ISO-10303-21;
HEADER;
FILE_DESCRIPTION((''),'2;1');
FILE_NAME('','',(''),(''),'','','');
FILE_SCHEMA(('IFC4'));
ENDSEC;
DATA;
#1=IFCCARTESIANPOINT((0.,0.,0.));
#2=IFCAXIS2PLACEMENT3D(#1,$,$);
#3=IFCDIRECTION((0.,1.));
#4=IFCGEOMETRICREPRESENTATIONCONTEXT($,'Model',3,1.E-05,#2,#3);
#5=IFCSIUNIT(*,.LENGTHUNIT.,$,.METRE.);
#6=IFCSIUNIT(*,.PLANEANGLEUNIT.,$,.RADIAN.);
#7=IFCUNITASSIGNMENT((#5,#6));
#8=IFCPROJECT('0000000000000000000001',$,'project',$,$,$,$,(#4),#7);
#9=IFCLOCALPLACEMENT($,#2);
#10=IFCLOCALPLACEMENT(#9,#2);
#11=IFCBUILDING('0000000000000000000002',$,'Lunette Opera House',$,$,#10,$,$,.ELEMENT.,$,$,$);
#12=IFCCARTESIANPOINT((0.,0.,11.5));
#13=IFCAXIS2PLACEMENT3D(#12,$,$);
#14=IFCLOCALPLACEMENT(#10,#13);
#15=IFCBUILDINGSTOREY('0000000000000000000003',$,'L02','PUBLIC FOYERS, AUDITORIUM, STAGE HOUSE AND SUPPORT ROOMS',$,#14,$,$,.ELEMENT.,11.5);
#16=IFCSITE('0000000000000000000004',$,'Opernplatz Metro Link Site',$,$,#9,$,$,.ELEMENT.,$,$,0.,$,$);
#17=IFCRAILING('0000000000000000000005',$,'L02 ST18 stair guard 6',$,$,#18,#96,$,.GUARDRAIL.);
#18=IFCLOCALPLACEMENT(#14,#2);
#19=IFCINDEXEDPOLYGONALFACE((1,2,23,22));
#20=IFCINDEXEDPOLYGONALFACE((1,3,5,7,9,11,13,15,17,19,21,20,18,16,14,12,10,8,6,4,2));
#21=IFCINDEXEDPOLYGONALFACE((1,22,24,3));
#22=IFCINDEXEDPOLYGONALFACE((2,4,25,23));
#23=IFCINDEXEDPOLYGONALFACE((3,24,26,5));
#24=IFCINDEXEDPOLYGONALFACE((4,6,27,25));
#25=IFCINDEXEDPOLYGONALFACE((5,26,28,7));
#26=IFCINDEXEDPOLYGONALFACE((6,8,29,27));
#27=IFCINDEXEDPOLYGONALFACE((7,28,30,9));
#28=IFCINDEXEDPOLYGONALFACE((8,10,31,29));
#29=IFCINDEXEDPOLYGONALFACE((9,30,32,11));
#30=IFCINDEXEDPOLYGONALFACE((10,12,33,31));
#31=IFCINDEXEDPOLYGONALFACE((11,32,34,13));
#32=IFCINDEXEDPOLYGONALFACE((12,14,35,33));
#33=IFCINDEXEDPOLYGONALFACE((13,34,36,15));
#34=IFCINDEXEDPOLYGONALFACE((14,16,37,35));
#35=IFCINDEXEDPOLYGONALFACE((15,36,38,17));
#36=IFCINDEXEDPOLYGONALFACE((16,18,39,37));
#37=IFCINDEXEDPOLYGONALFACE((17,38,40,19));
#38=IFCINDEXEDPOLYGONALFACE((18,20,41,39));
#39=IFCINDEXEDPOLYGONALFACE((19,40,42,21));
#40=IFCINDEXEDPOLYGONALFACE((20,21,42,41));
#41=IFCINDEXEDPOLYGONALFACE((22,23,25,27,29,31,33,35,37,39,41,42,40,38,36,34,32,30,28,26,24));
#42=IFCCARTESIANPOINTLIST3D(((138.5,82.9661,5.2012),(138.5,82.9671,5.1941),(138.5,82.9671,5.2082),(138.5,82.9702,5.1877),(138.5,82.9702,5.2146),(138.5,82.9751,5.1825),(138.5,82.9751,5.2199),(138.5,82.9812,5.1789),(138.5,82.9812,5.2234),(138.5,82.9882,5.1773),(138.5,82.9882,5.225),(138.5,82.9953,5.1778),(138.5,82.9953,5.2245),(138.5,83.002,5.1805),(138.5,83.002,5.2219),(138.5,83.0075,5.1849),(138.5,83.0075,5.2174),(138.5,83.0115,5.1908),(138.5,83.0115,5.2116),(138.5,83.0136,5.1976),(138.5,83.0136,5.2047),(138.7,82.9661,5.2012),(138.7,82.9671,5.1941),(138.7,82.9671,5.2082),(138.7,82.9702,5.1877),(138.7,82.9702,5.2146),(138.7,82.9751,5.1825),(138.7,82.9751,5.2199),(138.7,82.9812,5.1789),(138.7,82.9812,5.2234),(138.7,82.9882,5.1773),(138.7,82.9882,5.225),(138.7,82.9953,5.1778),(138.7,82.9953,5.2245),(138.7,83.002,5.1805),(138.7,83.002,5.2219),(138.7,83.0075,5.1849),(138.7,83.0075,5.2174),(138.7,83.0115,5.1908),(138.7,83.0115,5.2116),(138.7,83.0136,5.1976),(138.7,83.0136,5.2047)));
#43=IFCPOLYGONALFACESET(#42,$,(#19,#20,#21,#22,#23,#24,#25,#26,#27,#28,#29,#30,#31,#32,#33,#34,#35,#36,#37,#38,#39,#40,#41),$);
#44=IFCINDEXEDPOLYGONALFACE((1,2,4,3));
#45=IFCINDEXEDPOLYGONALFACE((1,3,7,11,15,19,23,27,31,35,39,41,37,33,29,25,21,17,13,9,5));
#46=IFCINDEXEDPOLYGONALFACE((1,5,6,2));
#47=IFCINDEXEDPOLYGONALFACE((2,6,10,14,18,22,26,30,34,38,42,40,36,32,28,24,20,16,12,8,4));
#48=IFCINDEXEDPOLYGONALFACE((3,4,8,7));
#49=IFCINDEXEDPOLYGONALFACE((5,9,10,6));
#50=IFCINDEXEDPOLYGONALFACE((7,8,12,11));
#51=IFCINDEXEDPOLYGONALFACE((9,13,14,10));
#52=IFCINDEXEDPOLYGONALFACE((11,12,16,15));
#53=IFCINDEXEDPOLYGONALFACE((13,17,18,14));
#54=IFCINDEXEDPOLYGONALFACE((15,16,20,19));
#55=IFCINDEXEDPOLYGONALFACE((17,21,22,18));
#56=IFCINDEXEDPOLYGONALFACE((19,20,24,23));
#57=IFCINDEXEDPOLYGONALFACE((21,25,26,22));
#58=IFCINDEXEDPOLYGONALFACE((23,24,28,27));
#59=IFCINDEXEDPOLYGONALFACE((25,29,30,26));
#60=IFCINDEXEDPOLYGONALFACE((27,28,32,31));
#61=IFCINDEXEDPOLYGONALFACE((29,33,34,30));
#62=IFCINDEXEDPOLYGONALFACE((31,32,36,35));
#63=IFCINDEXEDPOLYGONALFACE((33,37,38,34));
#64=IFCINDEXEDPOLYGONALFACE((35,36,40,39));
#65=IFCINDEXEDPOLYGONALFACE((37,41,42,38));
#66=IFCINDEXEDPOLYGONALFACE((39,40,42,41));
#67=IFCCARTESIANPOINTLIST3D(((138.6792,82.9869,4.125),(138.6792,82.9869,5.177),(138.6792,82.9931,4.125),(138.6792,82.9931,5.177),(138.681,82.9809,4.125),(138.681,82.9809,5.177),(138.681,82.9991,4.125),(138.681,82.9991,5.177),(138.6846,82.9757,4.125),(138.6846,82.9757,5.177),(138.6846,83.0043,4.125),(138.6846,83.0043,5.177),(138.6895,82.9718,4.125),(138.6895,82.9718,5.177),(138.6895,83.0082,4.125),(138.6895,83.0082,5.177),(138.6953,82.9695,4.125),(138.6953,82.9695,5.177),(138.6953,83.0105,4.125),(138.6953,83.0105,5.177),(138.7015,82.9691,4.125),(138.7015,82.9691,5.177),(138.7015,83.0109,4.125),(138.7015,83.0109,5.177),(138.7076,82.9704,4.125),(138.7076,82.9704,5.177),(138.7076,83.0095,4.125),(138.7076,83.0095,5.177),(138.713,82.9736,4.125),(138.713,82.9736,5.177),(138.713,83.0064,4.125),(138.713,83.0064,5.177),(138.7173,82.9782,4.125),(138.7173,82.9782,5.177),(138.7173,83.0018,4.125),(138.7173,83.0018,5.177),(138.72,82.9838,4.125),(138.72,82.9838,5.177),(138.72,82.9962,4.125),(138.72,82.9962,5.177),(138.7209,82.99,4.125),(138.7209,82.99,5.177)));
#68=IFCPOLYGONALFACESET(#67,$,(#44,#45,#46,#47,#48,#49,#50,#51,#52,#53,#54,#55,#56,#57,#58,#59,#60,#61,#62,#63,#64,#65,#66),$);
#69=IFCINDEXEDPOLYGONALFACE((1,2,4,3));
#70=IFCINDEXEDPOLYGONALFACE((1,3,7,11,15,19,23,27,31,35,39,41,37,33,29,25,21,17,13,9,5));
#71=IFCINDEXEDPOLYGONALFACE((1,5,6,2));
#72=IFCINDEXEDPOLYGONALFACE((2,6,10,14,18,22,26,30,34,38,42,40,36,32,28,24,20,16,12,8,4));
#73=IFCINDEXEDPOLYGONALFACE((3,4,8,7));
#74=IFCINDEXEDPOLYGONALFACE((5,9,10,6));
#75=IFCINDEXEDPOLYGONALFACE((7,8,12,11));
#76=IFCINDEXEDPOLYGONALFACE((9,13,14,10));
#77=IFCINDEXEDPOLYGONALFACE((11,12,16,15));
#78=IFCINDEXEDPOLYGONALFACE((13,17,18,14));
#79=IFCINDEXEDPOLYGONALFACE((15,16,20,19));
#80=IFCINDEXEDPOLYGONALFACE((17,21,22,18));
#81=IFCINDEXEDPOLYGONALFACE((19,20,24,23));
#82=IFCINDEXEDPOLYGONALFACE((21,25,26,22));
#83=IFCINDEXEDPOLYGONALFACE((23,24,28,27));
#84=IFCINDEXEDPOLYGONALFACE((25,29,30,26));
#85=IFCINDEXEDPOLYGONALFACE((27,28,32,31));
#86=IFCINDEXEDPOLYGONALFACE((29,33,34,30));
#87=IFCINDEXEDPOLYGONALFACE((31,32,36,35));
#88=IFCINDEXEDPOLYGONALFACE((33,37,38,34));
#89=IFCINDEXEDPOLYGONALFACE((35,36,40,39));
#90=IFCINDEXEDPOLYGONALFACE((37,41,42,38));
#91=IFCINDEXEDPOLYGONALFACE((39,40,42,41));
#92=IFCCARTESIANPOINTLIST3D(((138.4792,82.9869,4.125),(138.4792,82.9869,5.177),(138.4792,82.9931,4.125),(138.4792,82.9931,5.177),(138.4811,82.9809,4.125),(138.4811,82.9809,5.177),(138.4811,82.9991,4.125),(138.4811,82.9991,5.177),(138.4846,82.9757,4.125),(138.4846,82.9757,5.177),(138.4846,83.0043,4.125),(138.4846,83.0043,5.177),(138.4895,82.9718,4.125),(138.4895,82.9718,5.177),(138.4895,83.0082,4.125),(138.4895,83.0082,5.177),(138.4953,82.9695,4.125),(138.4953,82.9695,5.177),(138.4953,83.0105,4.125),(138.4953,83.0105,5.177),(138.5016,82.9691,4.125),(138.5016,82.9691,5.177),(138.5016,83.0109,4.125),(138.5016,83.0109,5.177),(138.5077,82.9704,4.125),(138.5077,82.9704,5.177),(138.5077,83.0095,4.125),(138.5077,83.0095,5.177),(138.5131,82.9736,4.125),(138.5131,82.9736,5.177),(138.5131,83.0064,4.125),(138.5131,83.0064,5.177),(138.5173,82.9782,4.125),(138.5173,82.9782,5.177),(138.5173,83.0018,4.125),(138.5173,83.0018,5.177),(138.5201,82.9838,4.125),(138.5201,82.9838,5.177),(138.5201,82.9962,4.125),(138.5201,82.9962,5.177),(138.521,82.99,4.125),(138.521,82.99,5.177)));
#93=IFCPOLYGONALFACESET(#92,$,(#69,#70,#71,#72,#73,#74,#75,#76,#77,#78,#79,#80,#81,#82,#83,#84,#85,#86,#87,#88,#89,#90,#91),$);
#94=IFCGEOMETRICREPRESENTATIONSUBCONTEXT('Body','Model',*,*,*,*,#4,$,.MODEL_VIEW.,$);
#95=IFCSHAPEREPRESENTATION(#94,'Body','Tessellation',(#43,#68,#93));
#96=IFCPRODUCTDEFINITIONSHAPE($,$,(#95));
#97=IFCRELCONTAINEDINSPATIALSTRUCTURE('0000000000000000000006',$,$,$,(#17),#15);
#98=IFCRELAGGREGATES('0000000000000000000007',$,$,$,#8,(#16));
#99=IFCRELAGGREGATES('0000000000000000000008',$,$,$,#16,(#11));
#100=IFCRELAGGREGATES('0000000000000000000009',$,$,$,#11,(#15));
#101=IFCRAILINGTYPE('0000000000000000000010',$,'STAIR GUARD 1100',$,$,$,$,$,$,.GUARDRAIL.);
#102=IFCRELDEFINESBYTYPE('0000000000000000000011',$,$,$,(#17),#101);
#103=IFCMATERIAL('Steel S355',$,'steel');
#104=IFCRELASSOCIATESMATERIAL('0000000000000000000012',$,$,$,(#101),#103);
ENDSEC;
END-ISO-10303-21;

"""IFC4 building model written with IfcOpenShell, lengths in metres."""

from ifc_helpers import new_model, si_unit, direction, frame, origin, origin_2d, place, context, subcontext, project, spatial, circle, extrude, material, type_object, element, save


model = new_model("IFC4")

# Units and contexts
model_context = context("Model", 3, precision=1e-05, world=origin(), true_north=direction((0.0, 1.0)))
body_context = subcontext(model_context, "Body", "Model", "MODEL_VIEW")
ifc_project = project(units=[si_unit("LENGTHUNIT", "METRE"), si_unit("PLANEANGLEUNIT", "RADIAN")], contexts=[model_context])

# Site, building, storey
site_placement = place(None, origin())
site = spatial("IfcSite", under=ifc_project, at=site_placement, Name="Opernplatz Metro Link Site", CompositionType="ELEMENT", RefElevation=0.0)
building_placement = place(site_placement, origin())
building = spatial("IfcBuilding", under=site, at=building_placement, Name="Lunette Opera House", CompositionType="ELEMENT")
storey_placement = place(building_placement, frame((0.0, 0.0, 11.5)))
storey = spatial("IfcBuildingStorey", under=building, at=storey_placement, Name="L02", Description="PUBLIC FOYERS, AUDITORIUM, STAGE HOUSE AND SUPPORT ROOMS", CompositionType="ELEMENT", Elevation=11.5)

# Railing
ifc_material_1 = material(Name="Steel S355", Category="steel")
railing_type_1 = type_object("IfcRailingType", Name="STAIR GUARD 1100", PredefinedType="GUARDRAIL", material=ifc_material_1)
railing_1_placement = place(storey_placement, frame((138.7, 82.99, 4.125)))
element("IfcRailing", 1, at=railing_1_placement, inside=storey, type_object=railing_type_1, Name="L02 ST18 stair guard 6", PredefinedType="GUARDRAIL", context=body_context, shape_type="SweptSolid", body=[
    extrude(circle(Radius=0.0239, at=origin_2d()), frame((0.0, 0.0, 1.0762), z_axis=(-1.0, 0.0, 0.0), x_axis=(0.0, -1.0, 0.0)), (0.0, 0.0, 1.0), 0.2),
    extrude(circle(Radius=0.021, at=origin_2d()), origin(), (0.0, 0.0, 1.0), 1.052),
    extrude(circle(Radius=0.021, at=origin_2d()), frame((-0.2, 0.0, 0.0)), (0.0, 0.0, 1.0), 1.052),
])

save(model, "model.ifc")
